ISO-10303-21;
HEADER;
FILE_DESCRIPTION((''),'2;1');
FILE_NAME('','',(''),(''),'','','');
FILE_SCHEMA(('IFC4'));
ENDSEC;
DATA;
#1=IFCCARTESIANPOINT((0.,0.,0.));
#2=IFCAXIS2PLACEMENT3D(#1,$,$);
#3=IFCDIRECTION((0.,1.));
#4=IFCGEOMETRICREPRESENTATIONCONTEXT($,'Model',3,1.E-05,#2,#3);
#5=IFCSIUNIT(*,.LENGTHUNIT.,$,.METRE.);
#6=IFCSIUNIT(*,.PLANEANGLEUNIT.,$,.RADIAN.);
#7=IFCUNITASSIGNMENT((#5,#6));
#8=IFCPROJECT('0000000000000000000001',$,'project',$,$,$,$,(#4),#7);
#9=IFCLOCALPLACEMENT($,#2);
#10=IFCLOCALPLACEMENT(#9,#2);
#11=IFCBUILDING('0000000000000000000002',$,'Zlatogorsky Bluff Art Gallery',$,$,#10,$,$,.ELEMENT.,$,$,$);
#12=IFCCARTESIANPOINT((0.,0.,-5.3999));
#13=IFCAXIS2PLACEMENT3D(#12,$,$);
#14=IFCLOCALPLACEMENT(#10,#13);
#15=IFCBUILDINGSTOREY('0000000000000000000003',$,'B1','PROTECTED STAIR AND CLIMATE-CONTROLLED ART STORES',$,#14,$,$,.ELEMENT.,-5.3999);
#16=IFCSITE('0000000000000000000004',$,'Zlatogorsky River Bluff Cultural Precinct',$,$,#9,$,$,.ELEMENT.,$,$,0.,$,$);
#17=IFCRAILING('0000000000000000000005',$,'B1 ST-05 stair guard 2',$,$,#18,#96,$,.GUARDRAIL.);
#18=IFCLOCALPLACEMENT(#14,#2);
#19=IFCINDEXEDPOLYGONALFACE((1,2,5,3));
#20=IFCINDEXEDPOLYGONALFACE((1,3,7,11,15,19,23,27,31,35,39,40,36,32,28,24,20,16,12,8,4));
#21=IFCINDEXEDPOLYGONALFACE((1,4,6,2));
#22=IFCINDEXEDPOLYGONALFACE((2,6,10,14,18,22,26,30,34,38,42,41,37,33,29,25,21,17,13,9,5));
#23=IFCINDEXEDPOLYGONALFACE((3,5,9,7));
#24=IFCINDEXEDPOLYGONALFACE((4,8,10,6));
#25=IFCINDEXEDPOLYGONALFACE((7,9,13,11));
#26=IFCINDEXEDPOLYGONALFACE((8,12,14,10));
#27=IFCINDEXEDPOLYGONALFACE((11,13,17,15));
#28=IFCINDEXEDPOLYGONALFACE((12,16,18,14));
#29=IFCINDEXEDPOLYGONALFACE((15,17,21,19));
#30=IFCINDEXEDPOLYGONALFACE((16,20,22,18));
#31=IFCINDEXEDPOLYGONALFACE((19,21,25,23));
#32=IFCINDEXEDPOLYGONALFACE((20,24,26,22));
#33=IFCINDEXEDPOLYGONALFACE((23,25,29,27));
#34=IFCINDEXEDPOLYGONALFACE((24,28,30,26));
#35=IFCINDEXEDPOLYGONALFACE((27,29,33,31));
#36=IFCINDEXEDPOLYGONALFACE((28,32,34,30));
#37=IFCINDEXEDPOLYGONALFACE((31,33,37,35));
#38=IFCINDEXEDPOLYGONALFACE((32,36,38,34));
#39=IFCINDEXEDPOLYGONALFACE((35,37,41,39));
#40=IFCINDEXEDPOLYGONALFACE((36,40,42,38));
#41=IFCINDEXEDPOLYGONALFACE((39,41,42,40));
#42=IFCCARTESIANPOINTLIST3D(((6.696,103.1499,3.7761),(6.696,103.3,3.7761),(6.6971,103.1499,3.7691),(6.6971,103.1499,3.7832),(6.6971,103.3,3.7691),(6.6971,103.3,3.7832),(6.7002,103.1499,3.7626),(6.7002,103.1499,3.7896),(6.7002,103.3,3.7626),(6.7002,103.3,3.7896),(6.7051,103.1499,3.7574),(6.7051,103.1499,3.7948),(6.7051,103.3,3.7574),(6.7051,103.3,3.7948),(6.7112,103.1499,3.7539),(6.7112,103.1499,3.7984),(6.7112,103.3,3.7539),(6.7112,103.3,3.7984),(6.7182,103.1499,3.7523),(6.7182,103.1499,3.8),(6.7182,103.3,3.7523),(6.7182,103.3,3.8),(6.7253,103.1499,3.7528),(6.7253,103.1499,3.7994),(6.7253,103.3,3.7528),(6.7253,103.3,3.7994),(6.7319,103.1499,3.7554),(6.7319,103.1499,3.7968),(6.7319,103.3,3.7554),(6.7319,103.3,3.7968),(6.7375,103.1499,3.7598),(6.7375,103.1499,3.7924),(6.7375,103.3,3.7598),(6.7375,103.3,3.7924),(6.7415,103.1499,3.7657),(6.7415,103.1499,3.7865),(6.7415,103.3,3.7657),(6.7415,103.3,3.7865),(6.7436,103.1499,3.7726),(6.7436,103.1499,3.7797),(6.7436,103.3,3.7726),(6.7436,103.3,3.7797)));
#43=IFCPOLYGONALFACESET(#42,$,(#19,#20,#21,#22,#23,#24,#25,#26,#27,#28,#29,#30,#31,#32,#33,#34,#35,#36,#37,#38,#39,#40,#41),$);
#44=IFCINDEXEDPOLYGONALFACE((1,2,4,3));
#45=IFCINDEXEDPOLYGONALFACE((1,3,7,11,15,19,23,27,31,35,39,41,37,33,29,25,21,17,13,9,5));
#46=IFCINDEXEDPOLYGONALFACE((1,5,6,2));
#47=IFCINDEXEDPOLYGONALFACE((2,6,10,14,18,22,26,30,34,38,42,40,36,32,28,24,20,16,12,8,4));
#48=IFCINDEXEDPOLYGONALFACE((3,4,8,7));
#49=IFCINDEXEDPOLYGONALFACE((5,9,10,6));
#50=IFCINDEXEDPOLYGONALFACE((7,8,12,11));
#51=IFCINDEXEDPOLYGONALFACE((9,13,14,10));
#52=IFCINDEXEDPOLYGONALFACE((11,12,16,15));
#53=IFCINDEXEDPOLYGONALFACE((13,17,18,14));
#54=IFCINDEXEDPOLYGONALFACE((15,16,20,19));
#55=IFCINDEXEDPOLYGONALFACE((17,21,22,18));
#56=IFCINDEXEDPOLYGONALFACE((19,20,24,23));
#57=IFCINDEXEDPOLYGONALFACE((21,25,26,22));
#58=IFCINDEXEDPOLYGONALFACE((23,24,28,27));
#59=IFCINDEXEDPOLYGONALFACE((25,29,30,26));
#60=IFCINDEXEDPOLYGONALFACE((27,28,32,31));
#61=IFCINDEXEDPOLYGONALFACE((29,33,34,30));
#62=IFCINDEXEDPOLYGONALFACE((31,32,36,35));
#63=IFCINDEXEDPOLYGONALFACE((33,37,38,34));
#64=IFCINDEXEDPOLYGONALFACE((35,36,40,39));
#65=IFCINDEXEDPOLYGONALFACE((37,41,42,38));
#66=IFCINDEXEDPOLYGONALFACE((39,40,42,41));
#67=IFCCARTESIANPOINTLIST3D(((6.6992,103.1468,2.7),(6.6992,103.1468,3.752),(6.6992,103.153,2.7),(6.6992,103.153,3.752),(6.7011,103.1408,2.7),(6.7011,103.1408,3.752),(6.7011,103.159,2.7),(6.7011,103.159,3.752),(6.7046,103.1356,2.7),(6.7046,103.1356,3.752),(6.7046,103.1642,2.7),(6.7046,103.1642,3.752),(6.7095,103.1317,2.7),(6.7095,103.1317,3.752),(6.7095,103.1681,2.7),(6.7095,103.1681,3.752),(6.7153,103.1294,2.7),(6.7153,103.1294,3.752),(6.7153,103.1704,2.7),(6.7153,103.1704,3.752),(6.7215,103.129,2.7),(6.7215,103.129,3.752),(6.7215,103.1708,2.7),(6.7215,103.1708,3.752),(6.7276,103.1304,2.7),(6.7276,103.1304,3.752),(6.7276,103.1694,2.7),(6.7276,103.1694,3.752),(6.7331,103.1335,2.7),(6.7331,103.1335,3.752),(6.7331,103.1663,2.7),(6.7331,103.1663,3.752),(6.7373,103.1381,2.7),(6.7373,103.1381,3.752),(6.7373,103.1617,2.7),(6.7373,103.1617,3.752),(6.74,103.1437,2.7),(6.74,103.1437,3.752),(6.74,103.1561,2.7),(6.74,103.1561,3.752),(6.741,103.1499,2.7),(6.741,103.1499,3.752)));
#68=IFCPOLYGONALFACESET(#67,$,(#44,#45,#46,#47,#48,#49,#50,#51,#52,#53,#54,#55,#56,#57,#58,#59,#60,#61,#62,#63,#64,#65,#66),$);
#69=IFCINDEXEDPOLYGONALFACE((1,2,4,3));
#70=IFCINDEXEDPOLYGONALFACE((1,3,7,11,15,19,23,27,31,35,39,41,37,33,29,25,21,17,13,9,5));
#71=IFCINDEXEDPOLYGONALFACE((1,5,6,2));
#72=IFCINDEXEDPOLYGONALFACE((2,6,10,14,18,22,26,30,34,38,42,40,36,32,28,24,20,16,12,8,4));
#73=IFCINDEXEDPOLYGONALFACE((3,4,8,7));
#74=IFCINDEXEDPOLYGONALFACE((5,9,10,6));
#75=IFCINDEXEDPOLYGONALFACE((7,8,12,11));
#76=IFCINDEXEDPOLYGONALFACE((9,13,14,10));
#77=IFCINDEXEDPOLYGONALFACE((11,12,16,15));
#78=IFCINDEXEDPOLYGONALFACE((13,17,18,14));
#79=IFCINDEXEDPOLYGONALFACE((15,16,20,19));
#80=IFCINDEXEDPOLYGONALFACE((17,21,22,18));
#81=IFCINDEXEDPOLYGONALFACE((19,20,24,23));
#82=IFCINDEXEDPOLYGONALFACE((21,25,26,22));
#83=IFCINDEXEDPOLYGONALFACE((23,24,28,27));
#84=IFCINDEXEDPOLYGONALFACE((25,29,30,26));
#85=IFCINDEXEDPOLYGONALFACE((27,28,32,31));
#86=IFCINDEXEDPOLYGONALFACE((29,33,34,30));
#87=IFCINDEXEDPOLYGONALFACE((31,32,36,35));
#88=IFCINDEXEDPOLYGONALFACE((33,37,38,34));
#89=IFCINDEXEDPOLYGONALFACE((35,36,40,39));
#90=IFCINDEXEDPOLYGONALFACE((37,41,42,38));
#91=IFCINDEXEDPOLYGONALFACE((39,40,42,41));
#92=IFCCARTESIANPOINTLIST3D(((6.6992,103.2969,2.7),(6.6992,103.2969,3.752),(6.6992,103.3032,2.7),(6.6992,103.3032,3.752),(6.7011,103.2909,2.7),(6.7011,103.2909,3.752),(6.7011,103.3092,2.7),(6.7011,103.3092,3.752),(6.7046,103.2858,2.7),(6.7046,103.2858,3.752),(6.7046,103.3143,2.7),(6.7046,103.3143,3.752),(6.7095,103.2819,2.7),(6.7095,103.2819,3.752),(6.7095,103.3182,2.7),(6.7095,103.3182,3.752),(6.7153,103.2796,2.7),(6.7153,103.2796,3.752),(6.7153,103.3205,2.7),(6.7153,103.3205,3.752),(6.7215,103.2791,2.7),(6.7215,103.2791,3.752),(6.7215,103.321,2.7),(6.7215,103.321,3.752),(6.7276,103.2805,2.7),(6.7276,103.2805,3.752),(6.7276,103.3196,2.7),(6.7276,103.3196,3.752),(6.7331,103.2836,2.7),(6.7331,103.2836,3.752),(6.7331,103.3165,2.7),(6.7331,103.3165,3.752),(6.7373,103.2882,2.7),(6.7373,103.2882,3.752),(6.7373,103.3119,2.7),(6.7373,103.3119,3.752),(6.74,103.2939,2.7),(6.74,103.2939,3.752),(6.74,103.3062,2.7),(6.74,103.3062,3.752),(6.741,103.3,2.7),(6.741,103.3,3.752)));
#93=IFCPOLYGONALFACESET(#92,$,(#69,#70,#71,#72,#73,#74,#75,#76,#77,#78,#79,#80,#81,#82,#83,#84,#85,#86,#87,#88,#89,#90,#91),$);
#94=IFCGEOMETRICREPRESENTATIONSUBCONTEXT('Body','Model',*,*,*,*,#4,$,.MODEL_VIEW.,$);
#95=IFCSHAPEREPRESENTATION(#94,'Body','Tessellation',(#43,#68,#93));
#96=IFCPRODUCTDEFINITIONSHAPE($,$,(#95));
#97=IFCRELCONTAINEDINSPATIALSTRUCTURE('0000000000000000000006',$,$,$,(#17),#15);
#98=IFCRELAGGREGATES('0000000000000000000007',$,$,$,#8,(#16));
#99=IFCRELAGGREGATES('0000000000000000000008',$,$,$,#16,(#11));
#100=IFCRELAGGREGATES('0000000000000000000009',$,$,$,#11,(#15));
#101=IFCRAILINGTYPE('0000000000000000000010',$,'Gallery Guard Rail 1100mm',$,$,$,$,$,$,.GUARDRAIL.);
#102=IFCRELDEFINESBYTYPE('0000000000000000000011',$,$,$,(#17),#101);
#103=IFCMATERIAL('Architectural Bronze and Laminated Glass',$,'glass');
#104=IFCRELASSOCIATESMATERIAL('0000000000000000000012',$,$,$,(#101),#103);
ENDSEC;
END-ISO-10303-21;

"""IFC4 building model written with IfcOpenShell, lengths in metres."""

from ifc_helpers import new_model, si_unit, direction, frame, origin, origin_2d, place, context, subcontext, project, spatial, circle, extrude, material, type_object, element, save


model = new_model("IFC4")

# Units and contexts
model_context = context("Model", 3, precision=1e-05, world=origin(), true_north=direction((0.0, 1.0)))
body_context = subcontext(model_context, "Body", "Model", "MODEL_VIEW")
ifc_project = project(units=[si_unit("LENGTHUNIT", "METRE"), si_unit("PLANEANGLEUNIT", "RADIAN")], contexts=[model_context])

# Site, building, storey
site_placement = place(None, origin())
site = spatial("IfcSite", under=ifc_project, at=site_placement, Name="Zlatogorsky River Bluff Cultural Precinct", CompositionType="ELEMENT", RefElevation=0.0)
building_placement = place(site_placement, origin())
building = spatial("IfcBuilding", under=site, at=building_placement, Name="Zlatogorsky Bluff Art Gallery", CompositionType="ELEMENT")
storey_placement = place(building_placement, frame((0.0, 0.0, -5.3999)))
storey = spatial("IfcBuildingStorey", under=building, at=storey_placement, Name="B1", Description="PROTECTED STAIR AND CLIMATE-CONTROLLED ART STORES", CompositionType="ELEMENT", Elevation=-5.3999)

# Railing
ifc_material_1 = material(Name="Architectural Bronze and Laminated Glass", Category="glass")
railing_type_1 = type_object("IfcRailingType", Name="Gallery Guard Rail 1100mm", PredefinedType="GUARDRAIL", material=ifc_material_1)
railing_1_placement = place(storey_placement, frame((6.72, 103.1499, 2.7)))
element("IfcRailing", 1, at=railing_1_placement, inside=storey, type_object=railing_type_1, Name="B1 ST-05 stair guard 2", PredefinedType="GUARDRAIL", context=body_context, shape_type="SweptSolid", body=[
    extrude(circle(Radius=0.0239, at=origin_2d()), frame((0.0, 0.0, 1.0762), z_axis=(0.0, 1.0, 0.0), x_axis=(-1.0, 0.0, 0.0)), (0.0, 0.0, 1.0), 0.1501),
    extrude(circle(Radius=0.021, at=origin_2d()), origin(), (0.0, 0.0, 1.0), 1.052),
    extrude(circle(Radius=0.021, at=origin_2d()), frame((0.0, 0.1501, 0.0)), (0.0, 0.0, 1.0), 1.052),
])

save(model, "model.ifc")
